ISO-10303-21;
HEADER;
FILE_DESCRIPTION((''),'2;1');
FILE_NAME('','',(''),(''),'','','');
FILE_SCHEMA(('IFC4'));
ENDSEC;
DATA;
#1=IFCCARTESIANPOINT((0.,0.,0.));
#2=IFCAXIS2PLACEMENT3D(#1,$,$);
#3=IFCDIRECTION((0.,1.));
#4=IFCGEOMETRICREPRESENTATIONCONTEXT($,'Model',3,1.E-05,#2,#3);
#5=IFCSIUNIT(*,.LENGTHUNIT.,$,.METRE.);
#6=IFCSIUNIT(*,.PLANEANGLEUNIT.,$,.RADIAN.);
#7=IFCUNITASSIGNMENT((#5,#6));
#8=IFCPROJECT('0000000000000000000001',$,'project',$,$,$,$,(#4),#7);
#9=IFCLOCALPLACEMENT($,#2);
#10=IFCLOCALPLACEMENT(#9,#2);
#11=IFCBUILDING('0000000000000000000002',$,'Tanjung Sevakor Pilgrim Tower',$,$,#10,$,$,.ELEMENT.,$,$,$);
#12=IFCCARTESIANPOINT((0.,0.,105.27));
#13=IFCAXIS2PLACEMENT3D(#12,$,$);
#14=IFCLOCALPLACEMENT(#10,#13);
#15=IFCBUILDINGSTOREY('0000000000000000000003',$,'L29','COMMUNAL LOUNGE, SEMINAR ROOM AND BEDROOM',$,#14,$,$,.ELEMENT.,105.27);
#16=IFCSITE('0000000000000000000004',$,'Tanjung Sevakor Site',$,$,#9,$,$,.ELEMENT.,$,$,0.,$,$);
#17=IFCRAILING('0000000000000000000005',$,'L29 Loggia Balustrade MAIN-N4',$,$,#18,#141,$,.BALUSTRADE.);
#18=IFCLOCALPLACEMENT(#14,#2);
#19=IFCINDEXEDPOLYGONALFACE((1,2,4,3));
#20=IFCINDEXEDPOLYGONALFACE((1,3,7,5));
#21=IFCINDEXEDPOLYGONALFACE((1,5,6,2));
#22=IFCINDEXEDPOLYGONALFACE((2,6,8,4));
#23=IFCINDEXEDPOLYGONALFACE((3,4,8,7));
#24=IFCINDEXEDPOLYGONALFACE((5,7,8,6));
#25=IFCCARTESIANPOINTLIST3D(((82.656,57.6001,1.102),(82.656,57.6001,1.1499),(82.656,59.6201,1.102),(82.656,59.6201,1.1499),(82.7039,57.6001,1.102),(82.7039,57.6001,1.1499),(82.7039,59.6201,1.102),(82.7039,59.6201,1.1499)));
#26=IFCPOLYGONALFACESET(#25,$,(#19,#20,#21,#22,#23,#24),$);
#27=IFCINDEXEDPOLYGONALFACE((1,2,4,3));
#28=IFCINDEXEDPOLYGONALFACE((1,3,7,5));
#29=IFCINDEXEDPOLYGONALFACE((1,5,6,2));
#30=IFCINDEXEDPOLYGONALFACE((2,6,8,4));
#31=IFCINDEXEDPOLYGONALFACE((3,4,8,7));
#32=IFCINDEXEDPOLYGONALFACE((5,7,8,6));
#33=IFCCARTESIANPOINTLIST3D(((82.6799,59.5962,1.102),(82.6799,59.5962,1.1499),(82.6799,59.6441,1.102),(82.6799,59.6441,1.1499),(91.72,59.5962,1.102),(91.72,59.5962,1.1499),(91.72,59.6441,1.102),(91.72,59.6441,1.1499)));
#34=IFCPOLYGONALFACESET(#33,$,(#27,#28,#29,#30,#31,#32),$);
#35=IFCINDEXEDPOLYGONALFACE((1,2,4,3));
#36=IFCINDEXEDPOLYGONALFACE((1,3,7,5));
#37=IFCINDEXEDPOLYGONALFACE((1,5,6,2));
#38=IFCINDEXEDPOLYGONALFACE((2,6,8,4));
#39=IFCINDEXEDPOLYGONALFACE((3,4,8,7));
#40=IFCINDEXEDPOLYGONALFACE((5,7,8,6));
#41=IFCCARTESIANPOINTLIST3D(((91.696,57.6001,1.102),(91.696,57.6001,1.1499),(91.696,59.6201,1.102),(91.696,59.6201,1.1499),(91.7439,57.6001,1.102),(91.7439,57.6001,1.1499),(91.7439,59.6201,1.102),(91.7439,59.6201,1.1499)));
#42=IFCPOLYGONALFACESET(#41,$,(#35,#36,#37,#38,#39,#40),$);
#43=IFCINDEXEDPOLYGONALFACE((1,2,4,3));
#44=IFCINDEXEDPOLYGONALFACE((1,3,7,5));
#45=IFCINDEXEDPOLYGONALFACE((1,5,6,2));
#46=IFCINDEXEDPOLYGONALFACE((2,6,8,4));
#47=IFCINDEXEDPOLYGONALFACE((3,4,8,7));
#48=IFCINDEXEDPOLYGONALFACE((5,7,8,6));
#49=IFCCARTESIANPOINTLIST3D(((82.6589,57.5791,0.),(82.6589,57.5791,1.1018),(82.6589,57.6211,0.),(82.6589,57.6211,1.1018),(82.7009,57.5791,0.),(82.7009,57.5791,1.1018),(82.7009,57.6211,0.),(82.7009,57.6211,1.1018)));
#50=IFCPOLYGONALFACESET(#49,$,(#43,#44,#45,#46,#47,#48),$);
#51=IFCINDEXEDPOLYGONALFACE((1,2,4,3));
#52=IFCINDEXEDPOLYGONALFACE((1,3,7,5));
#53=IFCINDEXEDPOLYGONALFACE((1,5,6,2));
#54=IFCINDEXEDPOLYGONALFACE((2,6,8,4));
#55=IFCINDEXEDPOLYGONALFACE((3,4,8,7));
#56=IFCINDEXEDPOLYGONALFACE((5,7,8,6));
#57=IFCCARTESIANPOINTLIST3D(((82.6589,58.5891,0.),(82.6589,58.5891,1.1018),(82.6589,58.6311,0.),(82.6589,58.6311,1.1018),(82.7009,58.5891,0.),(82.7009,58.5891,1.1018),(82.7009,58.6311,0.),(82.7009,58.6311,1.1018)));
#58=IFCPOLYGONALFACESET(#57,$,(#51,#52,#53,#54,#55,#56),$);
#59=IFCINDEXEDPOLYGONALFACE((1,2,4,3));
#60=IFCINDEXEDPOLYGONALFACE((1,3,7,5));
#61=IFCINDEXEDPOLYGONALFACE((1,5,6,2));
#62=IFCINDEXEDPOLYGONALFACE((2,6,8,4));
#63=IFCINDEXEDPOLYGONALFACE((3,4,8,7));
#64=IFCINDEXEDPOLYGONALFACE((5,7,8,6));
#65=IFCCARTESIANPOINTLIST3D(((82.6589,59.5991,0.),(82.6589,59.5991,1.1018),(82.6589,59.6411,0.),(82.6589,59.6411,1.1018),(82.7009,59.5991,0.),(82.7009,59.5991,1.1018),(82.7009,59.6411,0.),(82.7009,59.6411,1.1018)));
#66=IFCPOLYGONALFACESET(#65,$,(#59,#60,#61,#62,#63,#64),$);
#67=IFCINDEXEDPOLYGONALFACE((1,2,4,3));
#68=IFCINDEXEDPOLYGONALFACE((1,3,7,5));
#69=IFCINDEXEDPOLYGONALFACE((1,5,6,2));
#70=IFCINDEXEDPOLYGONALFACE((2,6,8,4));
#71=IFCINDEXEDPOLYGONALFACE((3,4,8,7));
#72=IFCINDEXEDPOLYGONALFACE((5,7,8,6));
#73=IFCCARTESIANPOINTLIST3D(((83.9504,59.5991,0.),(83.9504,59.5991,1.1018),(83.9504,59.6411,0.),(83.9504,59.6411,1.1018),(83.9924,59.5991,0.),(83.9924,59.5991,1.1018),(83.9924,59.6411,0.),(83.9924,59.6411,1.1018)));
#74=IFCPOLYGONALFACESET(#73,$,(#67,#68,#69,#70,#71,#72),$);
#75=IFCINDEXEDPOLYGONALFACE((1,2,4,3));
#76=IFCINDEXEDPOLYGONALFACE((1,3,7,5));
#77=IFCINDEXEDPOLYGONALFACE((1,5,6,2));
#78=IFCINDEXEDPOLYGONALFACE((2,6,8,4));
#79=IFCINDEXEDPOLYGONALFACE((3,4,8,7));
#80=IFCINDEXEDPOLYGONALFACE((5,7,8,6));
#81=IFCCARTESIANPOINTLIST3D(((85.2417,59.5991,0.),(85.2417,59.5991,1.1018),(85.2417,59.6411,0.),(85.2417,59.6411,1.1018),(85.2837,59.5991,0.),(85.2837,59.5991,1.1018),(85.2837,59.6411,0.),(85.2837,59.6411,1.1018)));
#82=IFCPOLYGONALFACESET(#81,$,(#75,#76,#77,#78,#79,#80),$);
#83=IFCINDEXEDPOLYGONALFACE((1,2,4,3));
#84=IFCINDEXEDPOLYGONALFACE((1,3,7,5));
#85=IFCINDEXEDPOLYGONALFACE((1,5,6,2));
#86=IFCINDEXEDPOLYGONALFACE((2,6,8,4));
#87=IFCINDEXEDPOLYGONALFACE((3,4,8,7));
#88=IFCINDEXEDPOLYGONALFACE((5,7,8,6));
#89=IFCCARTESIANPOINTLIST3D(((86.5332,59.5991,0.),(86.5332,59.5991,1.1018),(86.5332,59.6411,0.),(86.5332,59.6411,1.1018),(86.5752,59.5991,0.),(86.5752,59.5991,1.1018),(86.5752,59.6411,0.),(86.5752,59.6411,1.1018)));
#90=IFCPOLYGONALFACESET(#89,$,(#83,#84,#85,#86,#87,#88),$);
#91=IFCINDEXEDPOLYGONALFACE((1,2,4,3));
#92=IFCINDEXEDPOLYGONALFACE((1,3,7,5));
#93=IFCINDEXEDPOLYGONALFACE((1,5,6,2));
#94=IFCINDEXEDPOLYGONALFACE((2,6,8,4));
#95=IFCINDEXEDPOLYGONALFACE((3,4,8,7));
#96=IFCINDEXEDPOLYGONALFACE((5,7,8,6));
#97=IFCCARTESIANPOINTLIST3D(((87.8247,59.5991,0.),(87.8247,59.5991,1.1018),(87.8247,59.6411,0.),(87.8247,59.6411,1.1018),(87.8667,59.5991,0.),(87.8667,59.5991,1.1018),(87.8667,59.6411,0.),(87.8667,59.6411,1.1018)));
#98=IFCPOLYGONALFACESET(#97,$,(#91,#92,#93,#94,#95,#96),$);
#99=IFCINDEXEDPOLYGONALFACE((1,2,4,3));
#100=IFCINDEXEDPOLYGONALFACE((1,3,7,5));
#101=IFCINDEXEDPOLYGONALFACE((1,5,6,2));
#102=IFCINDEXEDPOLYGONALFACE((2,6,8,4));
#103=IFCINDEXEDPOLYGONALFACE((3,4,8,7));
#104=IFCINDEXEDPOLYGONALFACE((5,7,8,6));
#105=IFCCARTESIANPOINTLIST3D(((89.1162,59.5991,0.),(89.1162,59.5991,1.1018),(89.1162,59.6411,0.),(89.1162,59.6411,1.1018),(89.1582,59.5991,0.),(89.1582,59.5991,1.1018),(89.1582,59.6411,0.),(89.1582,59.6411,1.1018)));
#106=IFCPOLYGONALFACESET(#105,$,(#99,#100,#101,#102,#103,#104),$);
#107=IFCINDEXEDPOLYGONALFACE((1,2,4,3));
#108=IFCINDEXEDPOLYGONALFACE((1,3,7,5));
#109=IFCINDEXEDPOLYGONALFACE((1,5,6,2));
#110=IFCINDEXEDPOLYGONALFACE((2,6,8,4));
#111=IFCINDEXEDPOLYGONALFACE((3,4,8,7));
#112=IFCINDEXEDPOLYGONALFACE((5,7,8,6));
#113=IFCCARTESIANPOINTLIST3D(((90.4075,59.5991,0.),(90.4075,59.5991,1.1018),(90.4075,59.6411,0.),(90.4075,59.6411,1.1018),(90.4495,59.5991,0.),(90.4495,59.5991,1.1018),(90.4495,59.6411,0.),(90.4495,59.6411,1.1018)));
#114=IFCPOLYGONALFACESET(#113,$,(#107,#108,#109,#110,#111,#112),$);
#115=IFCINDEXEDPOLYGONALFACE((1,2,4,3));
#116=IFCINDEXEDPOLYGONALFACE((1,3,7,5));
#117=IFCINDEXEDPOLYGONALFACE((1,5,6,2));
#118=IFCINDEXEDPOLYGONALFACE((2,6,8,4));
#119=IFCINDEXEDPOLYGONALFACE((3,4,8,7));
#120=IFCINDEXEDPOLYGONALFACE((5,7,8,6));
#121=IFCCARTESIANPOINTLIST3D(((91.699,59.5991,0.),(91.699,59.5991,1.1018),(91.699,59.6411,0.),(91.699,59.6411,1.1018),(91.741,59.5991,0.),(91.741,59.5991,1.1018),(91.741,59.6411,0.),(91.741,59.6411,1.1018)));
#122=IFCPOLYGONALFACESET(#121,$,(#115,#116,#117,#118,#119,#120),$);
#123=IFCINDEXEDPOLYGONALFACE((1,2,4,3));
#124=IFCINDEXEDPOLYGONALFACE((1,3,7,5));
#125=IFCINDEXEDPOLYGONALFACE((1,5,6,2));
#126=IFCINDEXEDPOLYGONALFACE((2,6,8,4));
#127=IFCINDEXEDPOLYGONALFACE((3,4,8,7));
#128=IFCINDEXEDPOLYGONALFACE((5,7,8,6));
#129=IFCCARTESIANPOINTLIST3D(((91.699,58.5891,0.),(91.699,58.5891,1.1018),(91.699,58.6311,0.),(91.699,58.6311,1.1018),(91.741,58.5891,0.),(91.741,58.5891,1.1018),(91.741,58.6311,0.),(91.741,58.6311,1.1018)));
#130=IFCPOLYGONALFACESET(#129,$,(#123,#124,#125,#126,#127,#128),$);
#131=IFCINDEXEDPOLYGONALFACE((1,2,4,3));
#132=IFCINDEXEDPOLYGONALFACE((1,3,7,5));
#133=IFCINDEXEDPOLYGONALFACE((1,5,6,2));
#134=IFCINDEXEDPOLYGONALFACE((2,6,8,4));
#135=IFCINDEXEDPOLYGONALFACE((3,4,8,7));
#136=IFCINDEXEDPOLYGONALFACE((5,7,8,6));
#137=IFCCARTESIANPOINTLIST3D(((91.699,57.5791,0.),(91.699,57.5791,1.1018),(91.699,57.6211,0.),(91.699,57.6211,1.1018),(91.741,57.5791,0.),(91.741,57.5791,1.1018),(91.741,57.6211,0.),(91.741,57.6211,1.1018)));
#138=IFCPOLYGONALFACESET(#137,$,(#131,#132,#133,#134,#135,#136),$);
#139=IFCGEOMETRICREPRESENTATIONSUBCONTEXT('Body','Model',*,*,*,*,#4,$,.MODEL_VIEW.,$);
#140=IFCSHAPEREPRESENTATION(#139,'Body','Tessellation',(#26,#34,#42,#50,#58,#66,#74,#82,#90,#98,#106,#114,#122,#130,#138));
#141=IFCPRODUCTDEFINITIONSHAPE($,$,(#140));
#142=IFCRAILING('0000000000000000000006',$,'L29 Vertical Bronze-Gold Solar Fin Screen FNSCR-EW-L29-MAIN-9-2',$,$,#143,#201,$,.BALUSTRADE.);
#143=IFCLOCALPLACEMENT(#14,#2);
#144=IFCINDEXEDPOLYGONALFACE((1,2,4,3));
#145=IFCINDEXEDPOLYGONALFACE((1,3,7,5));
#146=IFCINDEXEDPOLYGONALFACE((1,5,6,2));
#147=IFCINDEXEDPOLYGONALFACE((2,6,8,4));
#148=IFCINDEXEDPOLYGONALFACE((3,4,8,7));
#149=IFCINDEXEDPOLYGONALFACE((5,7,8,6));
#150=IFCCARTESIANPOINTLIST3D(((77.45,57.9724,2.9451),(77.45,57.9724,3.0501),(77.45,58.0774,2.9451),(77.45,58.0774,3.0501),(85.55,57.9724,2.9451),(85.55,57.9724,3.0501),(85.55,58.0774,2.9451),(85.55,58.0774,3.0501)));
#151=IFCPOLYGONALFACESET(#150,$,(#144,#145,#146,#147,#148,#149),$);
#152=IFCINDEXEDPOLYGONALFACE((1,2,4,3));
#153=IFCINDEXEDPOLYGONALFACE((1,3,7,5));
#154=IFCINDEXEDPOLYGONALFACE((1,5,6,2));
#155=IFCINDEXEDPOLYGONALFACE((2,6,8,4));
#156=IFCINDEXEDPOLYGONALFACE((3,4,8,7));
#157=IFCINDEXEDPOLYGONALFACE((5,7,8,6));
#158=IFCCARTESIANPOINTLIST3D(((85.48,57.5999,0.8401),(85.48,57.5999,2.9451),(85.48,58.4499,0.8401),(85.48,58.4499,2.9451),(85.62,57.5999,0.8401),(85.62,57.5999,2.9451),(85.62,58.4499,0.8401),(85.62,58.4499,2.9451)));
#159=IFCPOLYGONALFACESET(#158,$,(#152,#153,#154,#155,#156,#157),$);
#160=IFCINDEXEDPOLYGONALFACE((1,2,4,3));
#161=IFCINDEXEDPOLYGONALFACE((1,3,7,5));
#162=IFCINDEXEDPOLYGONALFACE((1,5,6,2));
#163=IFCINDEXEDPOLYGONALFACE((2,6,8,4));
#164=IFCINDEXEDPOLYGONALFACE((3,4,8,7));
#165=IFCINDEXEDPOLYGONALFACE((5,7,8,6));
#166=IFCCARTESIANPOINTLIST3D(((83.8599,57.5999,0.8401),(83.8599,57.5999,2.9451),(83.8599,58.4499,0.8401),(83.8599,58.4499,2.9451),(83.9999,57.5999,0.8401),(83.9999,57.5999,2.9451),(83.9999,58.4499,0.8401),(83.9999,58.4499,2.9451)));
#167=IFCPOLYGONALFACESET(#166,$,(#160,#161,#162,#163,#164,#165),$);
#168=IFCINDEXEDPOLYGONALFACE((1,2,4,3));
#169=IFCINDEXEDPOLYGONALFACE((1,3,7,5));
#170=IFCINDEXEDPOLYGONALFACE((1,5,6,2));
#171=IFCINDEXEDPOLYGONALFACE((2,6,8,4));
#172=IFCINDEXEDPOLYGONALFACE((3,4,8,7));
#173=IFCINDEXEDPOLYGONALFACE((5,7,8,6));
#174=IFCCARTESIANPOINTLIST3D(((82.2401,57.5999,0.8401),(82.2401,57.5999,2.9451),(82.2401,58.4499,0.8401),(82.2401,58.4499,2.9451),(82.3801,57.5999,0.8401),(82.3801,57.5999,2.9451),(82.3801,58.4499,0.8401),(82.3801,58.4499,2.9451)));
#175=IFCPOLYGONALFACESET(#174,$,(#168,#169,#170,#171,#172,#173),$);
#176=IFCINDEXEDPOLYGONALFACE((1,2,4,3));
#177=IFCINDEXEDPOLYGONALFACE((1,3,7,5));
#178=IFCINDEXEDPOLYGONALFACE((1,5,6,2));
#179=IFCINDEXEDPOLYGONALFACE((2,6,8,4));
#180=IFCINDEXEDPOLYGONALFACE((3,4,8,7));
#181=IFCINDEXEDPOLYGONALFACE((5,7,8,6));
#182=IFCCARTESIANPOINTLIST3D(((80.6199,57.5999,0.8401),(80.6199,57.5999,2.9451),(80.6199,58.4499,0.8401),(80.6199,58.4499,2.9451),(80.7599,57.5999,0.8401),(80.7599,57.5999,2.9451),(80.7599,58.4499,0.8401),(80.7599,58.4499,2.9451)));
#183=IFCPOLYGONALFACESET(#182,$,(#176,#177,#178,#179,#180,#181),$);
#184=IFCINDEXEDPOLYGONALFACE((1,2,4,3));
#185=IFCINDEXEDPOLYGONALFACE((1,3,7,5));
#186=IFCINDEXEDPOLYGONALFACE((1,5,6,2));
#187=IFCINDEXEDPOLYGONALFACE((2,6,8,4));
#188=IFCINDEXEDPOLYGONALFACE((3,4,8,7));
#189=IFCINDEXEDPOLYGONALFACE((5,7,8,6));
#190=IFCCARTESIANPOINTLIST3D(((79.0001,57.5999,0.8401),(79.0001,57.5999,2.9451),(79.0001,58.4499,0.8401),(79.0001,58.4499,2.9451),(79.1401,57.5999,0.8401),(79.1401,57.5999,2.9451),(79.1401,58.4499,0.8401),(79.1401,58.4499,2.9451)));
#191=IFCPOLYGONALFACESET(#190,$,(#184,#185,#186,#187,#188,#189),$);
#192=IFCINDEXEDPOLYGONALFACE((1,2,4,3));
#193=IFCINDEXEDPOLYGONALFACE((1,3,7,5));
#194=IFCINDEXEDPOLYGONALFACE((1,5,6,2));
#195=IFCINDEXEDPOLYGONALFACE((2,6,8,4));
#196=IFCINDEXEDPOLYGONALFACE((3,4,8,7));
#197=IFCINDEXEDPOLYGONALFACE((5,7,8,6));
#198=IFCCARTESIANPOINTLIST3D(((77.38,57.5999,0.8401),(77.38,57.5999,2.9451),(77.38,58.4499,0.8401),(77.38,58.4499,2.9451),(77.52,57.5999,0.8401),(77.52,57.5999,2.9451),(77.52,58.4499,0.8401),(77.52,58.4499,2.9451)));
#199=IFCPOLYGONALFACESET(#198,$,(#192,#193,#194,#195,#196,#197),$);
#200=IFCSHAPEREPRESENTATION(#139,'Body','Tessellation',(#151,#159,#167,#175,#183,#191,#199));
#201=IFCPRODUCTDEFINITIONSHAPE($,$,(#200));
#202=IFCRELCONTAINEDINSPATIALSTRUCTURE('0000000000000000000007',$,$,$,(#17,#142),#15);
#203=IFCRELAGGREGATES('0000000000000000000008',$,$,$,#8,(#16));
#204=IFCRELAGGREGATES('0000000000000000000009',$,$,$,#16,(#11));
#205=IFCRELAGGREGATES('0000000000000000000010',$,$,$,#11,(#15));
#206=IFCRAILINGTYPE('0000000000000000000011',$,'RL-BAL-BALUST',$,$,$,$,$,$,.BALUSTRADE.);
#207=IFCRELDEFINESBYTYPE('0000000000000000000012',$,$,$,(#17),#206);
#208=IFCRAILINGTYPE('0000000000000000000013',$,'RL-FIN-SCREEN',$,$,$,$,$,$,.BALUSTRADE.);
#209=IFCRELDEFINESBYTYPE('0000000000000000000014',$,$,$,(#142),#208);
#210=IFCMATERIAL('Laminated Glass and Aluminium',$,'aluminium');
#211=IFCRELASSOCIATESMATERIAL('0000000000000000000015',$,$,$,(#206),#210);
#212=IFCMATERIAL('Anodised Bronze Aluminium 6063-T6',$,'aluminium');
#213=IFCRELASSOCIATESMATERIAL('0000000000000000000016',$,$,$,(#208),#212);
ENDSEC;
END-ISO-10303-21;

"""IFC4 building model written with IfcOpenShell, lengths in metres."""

from ifc_helpers import new_model, si_unit, direction, frame, origin, place, context, subcontext, project, spatial, rectangle, extrude, material, type_object, element, save


model = new_model("IFC4")

# Units and contexts
model_context = context("Model", 3, precision=1e-05, world=origin(), true_north=direction((0.0, 1.0)))
body_context = subcontext(model_context, "Body", "Model", "MODEL_VIEW")
ifc_project = project(units=[si_unit("LENGTHUNIT", "METRE"), si_unit("PLANEANGLEUNIT", "RADIAN")], contexts=[model_context])

# Site, building, storey
site_placement = place(None, origin())
site = spatial("IfcSite", under=ifc_project, at=site_placement, Name="Tanjung Sevakor Site", CompositionType="ELEMENT", RefElevation=0.0)
building_placement = place(site_placement, origin())
building = spatial("IfcBuilding", under=site, at=building_placement, Name="Tanjung Sevakor Pilgrim Tower", CompositionType="ELEMENT")
storey_placement = place(building_placement, frame((0.0, 0.0, 105.27)))
storey = spatial("IfcBuildingStorey", under=building, at=storey_placement, Name="L29", Description="COMMUNAL LOUNGE, SEMINAR ROOM AND BEDROOM", CompositionType="ELEMENT", Elevation=105.27)

# Railings
ifc_material_1 = material(Name="Laminated Glass and Aluminium", Category="aluminium")
railing_type_1 = type_object("IfcRailingType", Name="RL-BAL-BALUST", PredefinedType="BALUSTRADE", material=ifc_material_1)
railing_1_placement = place(storey_placement, frame((82.6799, 57.6001, 0.0)))
element("IfcRailing", 1, at=railing_1_placement, inside=storey, type_object=railing_type_1, Name="L29 Loggia Balustrade MAIN-N4", PredefinedType="BALUSTRADE", context=body_context, shape_type="SweptSolid", body=[
    extrude(rectangle(XDim=0.0479, YDim=0.0479), frame((0.0, 0.0, 1.126), z_axis=(0.0, 1.0, 0.0), x_axis=(-1.0, 0.0, 0.0)), (0.0, 0.0, 1.0), 2.02),
    extrude(rectangle(XDim=0.0479, YDim=0.0479), frame((0.0, 2.02, 1.126), z_axis=(1.0, 0.0, 0.0), x_axis=(0.0, 1.0, 0.0)), (0.0, 0.0, 1.0), 9.04),
    extrude(rectangle(XDim=0.0479, YDim=0.0479), frame((9.04, 2.02, 1.126), z_axis=(0.0, -1.0, 0.0), x_axis=(1.0, 0.0, 0.0)), (0.0, 0.0, 1.0), 2.02),
    extrude(rectangle(XDim=0.042, YDim=0.042), origin(), (0.0, 0.0, 1.0), 1.1018),
    extrude(rectangle(XDim=0.042, YDim=0.042), frame((0.0, 1.01, 0.0)), (0.0, 0.0, 1.0), 1.1018),
    extrude(rectangle(XDim=0.042, YDim=0.042), frame((0.0, 2.02, 0.0)), (0.0, 0.0, 1.0), 1.1018),
    extrude(rectangle(XDim=0.042, YDim=0.042), frame((1.2915, 2.02, 0.0)), (0.0, 0.0, 1.0), 1.1018),
    extrude(rectangle(XDim=0.042, YDim=0.042), frame((2.5828, 2.02, 0.0)), (0.0, 0.0, 1.0), 1.1018),
    extrude(rectangle(XDim=0.042, YDim=0.042), frame((3.8743, 2.02, 0.0)), (0.0, 0.0, 1.0), 1.1018),
    extrude(rectangle(XDim=0.042, YDim=0.042), frame((5.1658, 2.02, 0.0)), (0.0, 0.0, 1.0), 1.1018),
    extrude(rectangle(XDim=0.042, YDim=0.042), frame((6.4573, 2.02, 0.0)), (0.0, 0.0, 1.0), 1.1018),
    extrude(rectangle(XDim=0.042, YDim=0.042), frame((7.7485, 2.02, 0.0)), (0.0, 0.0, 1.0), 1.1018),
    extrude(rectangle(XDim=0.042, YDim=0.042), frame((9.04, 2.02, 0.0)), (0.0, 0.0, 1.0), 1.1018),
    extrude(rectangle(XDim=0.042, YDim=0.042), frame((9.04, 1.01, 0.0)), (0.0, 0.0, 1.0), 1.1018),
    extrude(rectangle(XDim=0.042, YDim=0.042), frame((9.04, 0.0, 0.0)), (0.0, 0.0, 1.0), 1.1018),
])
ifc_material_2 = material(Name="Anodised Bronze Aluminium 6063-T6", Category="aluminium")
railing_type_2 = type_object("IfcRailingType", Name="RL-FIN-SCREEN", PredefinedType="BALUSTRADE", material=ifc_material_2)
railing_2_placement = place(storey_placement, frame((85.55, 58.0249, 0.8401)))
element("IfcRailing", 2, at=railing_2_placement, inside=storey, type_object=railing_type_2, Name="L29 Vertical Bronze-Gold Solar Fin Screen FNSCR-EW-L29-MAIN-9-2", PredefinedType="BALUSTRADE", context=body_context, shape_type="SweptSolid", body=[
    extrude(rectangle(XDim=0.105, YDim=0.105), frame((0.0, 0.0, 2.1575), z_axis=(-1.0, 0.0, 0.0), x_axis=(0.0, -1.0, 0.0)), (0.0, 0.0, 1.0), 8.1001),
    extrude(rectangle(XDim=0.14, YDim=0.85), origin(), (0.0, 0.0, 1.0), 2.105),
    extrude(rectangle(XDim=0.14, YDim=0.85), frame((-1.6201, 0.0, 0.0)), (0.0, 0.0, 1.0), 2.105),
    extrude(rectangle(XDim=0.14, YDim=0.85), frame((-3.24, 0.0, 0.0)), (0.0, 0.0, 1.0), 2.105),
    extrude(rectangle(XDim=0.14, YDim=0.85), frame((-4.8601, 0.0, 0.0)), (0.0, 0.0, 1.0), 2.105),
    extrude(rectangle(XDim=0.14, YDim=0.85), frame((-6.48, 0.0, 0.0)), (0.0, 0.0, 1.0), 2.105),
    extrude(rectangle(XDim=0.14, YDim=0.85), frame((-8.1001, 0.0, 0.0)), (0.0, 0.0, 1.0), 2.105),
])

save(model, "model.ifc")
